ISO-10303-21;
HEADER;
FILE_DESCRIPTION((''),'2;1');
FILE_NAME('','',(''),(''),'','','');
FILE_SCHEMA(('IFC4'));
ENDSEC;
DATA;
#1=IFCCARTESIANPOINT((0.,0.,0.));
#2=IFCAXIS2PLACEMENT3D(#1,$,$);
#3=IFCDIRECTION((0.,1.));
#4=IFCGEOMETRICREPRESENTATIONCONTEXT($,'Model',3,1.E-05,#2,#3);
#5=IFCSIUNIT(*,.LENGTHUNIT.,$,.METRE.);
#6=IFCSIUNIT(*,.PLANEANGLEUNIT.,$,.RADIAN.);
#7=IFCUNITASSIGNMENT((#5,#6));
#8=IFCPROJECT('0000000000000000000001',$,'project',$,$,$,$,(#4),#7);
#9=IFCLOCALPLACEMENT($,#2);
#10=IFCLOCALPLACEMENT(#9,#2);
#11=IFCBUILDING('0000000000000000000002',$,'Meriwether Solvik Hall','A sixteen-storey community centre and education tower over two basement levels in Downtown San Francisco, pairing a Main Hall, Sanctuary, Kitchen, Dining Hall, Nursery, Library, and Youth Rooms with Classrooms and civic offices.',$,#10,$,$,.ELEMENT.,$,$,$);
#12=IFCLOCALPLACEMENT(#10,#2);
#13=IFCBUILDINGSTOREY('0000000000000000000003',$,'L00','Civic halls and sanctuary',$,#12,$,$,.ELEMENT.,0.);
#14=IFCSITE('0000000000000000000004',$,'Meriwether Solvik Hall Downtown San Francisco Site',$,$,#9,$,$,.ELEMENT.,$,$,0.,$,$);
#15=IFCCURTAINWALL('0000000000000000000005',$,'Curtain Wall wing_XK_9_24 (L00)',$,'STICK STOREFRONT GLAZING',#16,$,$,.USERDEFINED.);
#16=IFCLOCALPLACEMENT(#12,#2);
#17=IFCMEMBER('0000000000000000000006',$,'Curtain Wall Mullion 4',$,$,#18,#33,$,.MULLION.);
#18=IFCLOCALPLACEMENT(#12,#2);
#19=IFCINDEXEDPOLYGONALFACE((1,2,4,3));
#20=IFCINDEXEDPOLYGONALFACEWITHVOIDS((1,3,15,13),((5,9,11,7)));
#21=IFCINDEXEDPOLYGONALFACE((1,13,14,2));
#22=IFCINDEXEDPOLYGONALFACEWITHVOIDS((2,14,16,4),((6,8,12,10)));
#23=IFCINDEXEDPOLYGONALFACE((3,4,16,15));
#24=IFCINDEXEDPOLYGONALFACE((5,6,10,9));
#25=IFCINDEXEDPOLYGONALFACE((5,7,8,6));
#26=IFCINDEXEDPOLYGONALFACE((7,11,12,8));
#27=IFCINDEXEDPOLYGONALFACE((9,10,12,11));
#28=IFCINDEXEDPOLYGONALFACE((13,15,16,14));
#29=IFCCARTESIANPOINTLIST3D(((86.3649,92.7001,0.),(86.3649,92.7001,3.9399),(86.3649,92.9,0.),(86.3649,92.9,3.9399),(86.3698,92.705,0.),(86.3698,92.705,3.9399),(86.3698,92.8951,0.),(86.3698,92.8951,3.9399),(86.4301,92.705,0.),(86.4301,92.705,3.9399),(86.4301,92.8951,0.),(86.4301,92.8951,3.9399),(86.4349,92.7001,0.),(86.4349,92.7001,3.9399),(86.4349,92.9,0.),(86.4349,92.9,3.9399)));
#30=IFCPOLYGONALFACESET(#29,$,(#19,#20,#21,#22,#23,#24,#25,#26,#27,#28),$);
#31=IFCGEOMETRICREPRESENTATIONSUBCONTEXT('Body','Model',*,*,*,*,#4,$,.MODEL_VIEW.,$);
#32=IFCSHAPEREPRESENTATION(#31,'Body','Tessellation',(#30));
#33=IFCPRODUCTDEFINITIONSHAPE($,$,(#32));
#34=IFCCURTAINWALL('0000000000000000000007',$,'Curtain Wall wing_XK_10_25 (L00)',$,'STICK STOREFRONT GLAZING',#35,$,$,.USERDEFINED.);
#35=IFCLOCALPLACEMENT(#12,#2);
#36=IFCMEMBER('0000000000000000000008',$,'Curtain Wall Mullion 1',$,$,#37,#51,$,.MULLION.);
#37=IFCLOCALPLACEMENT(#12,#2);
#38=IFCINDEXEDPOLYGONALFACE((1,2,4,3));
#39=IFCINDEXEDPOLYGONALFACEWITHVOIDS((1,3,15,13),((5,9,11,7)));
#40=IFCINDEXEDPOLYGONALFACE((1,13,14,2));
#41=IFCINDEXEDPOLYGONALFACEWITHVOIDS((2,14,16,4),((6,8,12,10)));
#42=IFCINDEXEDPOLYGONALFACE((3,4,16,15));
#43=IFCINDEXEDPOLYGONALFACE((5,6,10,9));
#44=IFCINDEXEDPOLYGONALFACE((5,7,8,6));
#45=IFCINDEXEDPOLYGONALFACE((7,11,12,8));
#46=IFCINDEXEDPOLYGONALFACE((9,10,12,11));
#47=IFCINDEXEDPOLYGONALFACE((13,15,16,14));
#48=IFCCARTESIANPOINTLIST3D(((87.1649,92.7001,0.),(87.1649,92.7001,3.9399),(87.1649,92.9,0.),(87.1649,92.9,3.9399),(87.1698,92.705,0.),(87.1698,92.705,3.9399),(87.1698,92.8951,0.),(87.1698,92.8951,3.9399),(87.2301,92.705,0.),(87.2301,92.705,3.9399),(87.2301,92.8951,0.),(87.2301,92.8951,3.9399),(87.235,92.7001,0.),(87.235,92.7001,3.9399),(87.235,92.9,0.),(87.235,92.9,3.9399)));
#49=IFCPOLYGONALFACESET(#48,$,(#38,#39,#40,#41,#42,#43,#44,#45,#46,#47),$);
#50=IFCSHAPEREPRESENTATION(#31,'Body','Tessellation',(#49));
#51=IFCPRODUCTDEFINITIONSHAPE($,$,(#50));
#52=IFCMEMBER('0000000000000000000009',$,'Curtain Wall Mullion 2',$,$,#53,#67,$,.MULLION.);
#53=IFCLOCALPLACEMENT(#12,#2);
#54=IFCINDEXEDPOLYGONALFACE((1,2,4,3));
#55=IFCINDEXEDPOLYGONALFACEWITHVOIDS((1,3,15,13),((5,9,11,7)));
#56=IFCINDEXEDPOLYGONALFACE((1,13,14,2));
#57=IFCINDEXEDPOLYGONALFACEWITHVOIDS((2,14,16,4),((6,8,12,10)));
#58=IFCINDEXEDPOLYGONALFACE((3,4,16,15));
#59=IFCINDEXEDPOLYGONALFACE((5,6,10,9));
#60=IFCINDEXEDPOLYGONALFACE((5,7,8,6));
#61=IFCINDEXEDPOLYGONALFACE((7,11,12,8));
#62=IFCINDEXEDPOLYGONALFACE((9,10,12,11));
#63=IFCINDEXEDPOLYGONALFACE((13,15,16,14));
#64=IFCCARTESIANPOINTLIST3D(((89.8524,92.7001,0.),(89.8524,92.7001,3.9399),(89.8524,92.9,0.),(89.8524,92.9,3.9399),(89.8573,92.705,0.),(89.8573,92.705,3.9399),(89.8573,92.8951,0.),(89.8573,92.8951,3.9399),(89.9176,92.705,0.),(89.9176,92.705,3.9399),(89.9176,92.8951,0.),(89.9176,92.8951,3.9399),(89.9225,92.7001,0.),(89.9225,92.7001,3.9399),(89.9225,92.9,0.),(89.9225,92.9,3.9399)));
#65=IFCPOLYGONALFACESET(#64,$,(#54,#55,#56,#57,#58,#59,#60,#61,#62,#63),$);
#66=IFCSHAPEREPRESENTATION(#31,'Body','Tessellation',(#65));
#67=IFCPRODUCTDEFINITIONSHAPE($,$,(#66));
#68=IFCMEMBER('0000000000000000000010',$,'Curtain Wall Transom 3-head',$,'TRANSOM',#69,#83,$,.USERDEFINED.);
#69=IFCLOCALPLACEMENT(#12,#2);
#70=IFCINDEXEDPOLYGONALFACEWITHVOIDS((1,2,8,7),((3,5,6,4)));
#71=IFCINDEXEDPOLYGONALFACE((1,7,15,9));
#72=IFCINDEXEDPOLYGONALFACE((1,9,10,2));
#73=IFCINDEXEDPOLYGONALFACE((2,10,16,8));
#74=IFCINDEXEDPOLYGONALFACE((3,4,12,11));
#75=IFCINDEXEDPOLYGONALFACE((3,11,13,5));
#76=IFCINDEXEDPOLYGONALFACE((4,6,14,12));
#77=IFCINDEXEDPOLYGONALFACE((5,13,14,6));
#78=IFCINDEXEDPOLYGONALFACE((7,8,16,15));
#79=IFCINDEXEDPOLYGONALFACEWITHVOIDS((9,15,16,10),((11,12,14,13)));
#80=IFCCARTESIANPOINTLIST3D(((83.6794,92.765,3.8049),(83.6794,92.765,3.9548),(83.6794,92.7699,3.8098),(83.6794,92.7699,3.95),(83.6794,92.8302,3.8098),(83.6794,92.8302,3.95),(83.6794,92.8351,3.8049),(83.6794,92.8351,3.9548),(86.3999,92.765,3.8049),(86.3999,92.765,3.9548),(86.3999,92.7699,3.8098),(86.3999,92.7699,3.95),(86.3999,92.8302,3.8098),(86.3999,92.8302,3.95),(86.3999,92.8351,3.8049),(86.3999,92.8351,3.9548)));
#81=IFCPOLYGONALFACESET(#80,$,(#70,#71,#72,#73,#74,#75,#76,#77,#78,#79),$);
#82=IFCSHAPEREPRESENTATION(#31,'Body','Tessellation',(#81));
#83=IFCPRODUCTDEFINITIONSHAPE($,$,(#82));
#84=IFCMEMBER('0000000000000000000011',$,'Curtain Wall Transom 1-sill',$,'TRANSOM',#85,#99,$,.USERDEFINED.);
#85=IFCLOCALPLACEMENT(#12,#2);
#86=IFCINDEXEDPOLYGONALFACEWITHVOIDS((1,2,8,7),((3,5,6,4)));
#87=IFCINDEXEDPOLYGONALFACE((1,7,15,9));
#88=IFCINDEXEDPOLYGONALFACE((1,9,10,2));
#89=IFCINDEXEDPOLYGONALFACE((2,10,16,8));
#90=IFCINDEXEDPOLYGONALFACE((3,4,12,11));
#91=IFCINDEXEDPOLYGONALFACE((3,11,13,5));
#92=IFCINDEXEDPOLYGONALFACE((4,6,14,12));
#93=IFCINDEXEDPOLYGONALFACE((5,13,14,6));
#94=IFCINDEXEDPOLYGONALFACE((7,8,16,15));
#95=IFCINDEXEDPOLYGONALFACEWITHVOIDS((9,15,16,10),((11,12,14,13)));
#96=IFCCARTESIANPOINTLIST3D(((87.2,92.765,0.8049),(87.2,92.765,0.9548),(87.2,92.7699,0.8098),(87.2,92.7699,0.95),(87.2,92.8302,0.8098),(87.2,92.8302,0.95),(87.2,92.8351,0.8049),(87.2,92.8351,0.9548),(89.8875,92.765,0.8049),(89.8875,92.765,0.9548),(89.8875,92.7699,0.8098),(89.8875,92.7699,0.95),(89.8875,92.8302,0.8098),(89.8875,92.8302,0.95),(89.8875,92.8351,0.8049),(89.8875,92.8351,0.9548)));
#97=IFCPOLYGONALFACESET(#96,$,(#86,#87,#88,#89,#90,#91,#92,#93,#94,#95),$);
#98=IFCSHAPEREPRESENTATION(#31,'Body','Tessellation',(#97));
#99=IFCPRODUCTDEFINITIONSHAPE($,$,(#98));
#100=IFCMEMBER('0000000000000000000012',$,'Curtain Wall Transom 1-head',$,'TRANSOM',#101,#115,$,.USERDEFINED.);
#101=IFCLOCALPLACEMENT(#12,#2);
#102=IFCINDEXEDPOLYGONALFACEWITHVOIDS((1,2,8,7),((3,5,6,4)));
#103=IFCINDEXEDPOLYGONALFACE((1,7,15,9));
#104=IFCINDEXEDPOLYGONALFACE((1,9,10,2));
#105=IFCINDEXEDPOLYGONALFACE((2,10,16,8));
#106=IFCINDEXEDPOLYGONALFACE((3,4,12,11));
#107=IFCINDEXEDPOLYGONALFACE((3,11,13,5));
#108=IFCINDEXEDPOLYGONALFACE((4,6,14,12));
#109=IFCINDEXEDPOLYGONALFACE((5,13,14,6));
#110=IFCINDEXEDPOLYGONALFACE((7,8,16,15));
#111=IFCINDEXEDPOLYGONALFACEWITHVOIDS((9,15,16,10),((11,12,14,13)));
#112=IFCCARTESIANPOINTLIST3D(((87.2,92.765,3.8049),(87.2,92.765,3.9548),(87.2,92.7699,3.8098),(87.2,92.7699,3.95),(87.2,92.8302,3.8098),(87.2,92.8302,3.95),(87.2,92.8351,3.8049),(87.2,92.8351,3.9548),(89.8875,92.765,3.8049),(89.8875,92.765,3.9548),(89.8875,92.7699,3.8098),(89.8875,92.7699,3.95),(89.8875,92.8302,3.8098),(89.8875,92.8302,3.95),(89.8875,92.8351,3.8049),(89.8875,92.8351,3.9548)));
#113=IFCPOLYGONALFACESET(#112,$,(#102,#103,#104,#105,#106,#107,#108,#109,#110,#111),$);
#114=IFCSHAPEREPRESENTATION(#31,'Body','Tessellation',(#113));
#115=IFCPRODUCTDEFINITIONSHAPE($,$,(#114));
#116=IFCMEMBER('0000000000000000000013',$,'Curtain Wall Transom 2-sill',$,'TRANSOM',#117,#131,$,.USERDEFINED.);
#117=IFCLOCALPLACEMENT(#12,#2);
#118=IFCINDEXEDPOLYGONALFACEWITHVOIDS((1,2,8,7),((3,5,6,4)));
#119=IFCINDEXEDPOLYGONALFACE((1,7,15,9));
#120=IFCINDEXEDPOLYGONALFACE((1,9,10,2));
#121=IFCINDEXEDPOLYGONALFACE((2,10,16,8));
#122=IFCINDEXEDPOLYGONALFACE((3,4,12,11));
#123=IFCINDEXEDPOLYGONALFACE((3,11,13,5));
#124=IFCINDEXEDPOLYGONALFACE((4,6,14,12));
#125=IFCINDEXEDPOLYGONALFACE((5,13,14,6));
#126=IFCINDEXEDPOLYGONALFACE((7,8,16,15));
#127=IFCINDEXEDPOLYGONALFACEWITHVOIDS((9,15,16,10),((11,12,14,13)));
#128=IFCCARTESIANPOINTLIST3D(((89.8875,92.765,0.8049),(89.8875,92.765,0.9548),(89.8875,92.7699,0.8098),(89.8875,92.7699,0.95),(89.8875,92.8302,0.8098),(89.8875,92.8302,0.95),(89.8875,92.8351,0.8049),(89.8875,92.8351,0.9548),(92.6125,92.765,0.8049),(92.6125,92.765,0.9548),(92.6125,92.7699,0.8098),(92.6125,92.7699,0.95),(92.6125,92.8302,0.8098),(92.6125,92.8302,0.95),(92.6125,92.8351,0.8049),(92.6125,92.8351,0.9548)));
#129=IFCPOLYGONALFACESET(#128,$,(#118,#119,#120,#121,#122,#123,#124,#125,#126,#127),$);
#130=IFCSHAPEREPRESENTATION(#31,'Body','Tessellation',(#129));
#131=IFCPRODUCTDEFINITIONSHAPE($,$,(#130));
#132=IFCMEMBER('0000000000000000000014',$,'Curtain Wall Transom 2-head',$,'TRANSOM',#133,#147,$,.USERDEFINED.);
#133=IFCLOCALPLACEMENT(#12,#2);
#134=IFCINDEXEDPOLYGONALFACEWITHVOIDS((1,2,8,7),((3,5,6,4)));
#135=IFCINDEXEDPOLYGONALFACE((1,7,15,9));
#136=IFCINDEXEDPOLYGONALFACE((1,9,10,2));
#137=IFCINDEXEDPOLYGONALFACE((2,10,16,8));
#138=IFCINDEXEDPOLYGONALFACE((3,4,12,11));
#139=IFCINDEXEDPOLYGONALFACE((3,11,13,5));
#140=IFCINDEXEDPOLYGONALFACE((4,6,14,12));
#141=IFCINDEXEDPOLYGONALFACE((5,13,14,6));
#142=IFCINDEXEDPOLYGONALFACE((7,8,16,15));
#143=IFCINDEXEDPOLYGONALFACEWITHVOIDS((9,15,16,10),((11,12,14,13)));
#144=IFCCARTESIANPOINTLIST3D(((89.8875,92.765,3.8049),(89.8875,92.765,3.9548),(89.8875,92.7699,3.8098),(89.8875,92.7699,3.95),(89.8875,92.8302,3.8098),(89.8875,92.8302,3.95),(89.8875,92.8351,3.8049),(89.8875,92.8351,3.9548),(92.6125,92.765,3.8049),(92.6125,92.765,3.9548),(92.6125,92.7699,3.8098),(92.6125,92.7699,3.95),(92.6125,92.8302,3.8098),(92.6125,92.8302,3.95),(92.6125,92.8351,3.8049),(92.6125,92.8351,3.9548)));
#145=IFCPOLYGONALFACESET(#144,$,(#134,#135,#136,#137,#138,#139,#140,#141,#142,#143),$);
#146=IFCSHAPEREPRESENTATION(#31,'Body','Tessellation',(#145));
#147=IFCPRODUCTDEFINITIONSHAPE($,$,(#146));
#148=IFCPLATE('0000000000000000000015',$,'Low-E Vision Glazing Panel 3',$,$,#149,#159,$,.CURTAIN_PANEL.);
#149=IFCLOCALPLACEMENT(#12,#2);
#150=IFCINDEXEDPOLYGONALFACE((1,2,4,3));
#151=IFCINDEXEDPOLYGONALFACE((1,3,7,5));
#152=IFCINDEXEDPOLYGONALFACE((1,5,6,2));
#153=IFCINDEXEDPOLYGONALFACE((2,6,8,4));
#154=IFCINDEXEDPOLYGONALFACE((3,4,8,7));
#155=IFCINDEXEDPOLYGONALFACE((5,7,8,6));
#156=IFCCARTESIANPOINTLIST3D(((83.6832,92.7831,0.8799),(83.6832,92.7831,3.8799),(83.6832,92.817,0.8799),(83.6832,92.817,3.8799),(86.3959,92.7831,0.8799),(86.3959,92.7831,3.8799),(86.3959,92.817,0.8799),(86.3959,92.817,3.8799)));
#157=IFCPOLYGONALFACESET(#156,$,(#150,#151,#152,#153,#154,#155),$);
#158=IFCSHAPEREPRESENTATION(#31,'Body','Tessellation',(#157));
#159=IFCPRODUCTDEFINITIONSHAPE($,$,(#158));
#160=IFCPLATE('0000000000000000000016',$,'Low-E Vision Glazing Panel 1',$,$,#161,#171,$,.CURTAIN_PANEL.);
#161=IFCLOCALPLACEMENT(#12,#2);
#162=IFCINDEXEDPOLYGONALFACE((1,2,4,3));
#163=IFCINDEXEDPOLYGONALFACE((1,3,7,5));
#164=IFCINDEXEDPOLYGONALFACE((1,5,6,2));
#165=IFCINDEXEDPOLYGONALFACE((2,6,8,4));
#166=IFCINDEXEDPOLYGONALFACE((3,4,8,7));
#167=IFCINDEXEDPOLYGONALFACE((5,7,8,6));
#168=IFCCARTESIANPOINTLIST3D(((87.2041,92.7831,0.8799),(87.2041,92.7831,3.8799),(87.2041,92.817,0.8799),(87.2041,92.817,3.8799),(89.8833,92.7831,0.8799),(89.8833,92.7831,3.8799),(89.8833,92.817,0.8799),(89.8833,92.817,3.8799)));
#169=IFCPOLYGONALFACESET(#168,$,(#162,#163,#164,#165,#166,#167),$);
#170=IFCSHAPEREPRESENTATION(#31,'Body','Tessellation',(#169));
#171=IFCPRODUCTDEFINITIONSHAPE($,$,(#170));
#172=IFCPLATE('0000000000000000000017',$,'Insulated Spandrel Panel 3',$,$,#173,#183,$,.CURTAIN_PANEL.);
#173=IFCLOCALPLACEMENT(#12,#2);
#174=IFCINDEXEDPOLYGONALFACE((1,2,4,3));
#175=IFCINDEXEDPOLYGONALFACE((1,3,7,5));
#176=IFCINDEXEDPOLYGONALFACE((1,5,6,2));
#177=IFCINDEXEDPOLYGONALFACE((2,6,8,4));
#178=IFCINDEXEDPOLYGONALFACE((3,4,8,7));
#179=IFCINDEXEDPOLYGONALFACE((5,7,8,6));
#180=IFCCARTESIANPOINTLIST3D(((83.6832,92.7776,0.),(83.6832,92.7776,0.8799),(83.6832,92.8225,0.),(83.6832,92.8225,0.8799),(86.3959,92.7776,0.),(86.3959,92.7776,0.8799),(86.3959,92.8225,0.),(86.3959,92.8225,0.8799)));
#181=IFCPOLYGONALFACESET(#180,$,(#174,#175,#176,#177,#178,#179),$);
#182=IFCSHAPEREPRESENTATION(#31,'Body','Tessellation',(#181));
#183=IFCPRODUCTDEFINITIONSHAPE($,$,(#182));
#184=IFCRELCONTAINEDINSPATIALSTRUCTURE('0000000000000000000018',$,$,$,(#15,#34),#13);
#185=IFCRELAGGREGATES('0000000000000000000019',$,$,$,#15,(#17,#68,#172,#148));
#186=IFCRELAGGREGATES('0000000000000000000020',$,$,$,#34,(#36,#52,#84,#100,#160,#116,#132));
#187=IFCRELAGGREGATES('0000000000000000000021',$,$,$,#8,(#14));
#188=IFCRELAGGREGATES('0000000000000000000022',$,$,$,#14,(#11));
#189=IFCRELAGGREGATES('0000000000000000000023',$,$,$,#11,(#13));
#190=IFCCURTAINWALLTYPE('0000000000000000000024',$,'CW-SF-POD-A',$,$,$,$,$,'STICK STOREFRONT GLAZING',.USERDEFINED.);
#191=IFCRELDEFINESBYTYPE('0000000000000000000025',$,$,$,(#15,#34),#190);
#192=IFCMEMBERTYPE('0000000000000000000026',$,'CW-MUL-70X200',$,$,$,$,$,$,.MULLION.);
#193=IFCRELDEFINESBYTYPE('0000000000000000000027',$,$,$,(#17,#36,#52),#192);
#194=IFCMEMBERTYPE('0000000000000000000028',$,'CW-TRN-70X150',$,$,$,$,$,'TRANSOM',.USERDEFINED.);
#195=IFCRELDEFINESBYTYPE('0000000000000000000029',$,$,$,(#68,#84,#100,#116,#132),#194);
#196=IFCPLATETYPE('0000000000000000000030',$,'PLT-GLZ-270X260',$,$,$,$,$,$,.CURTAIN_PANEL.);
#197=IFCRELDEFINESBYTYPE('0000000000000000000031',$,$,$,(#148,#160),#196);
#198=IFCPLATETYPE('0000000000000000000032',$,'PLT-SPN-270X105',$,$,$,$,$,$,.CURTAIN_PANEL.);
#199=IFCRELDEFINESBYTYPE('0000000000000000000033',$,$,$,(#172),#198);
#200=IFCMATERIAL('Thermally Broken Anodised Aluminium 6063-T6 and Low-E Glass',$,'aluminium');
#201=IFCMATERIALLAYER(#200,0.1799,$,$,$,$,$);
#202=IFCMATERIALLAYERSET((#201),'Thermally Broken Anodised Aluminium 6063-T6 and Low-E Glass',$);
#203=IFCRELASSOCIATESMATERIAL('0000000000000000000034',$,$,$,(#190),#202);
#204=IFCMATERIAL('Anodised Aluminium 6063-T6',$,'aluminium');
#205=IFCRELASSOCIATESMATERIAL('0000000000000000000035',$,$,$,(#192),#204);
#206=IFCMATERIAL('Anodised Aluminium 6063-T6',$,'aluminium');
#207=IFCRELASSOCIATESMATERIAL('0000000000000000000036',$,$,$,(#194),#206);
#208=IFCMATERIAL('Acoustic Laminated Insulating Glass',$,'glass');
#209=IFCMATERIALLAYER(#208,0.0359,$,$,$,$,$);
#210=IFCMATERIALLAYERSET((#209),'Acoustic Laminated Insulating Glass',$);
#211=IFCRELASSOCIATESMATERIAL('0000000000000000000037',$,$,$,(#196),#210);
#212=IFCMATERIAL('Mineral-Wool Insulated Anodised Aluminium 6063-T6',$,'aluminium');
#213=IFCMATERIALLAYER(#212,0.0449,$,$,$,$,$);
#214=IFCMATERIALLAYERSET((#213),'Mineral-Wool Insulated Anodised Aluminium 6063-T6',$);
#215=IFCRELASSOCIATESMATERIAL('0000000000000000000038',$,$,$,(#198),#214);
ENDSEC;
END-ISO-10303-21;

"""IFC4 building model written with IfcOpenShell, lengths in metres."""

from ifc_helpers import new_model, si_unit, direction, frame, origin, origin_2d, place, context, subcontext, project, spatial, rectangle, hollow_rectangle, extrude, material, layer, layer_set, material_profile, profile_set, type_object, element, aggregate, save


model = new_model("IFC4")

# Units and contexts
model_context = context("Model", 3, precision=1e-05, world=origin(), true_north=direction((0.0, 1.0)))
body_context = subcontext(model_context, "Body", "Model", "MODEL_VIEW")
ifc_project = project(units=[si_unit("LENGTHUNIT", "METRE"), si_unit("PLANEANGLEUNIT", "RADIAN")], contexts=[model_context])

# Site, building, storey
site_placement = place(None, origin())
site = spatial("IfcSite", under=ifc_project, at=site_placement, Name="Meriwether Solvik Hall Downtown San Francisco Site", CompositionType="ELEMENT", RefElevation=0.0)
building_placement = place(site_placement, origin())
building = spatial("IfcBuilding", under=site, at=building_placement, Name="Meriwether Solvik Hall", Description="A sixteen-storey community centre and education tower over two basement levels in Downtown San Francisco, pairing a Main Hall, Sanctuary, Kitchen, Dining Hall, Nursery, Library, and Youth Rooms with Classrooms and civic offices.", CompositionType="ELEMENT")
storey_placement = place(building_placement, origin())
storey = spatial("IfcBuildingStorey", under=building, at=storey_placement, Name="L00", Description="Civic halls and sanctuary", CompositionType="ELEMENT", Elevation=0.0)

# Curtain wall, member
ifc_material_1 = material(Name="Thermally Broken Anodised Aluminium 6063-T6 and Low-E Glass", Category="aluminium")
ifc_layer_1 = layer(ifc_material_1, 0.1799)
ifc_layer_set_1 = layer_set([ifc_layer_1], Name="Thermally Broken Anodised Aluminium 6063-T6 and Low-E Glass")
curtain_wall_type = type_object("IfcCurtainWallType", Name="CW-SF-POD-A", ElementType="STICK STOREFRONT GLAZING", PredefinedType="USERDEFINED", material=ifc_layer_set_1)
curtain_wall_1_placement = place(storey_placement, origin())
curtain_wall_1 = element("IfcCurtainWall", 1, at=curtain_wall_1_placement, inside=storey, type_object=curtain_wall_type, Name="Curtain Wall wing_XK_9_24 (L00)", ObjectType="STICK STOREFRONT GLAZING", PredefinedType="USERDEFINED")
ifc_material_2 = material(Name="Anodised Aluminium 6063-T6", Category="aluminium")
ifc_material_profile_1 = material_profile(ifc_material_2, hollow_rectangle(XDim=0.0701, YDim=0.2, WallThickness=0.0049, at=origin_2d()), Name="CWM-70X200")
ifc_profile_set_1 = profile_set([ifc_material_profile_1], Name="Anodised Aluminium 6063-T6")
member_type_1 = type_object("IfcMemberType", Name="CW-MUL-70X200", PredefinedType="MULLION", material=ifc_profile_set_1)
member_1_placement = place(storey_placement, frame((86.3999, 92.8, 0.0), z_axis=(0.0, 0.0, 1.0), x_axis=(1.0, 0.0, 0.0)))
member_1 = element("IfcMember", 2, at=member_1_placement, type_object=member_type_1, Name="Curtain Wall Mullion 4", PredefinedType="MULLION", context=body_context, shape_type="SweptSolid", body=[
    extrude(hollow_rectangle(XDim=0.0701, YDim=0.2, WallThickness=0.0049, at=origin_2d()), origin(), (0.0, 0.0, 1.0), 3.9399),
])

# Curtain wall, members
curtain_wall_2_placement = place(storey_placement, origin())
curtain_wall_2 = element("IfcCurtainWall", 3, at=curtain_wall_2_placement, inside=storey, type_object=curtain_wall_type, Name="Curtain Wall wing_XK_10_25 (L00)", ObjectType="STICK STOREFRONT GLAZING", PredefinedType="USERDEFINED")
member_2_placement = place(storey_placement, frame((87.2, 92.8, 0.0), z_axis=(0.0, 0.0, 1.0), x_axis=(1.0, 0.0, 0.0)))
member_2 = element("IfcMember", 4, at=member_2_placement, type_object=member_type_1, Name="Curtain Wall Mullion 1", PredefinedType="MULLION", context=body_context, shape_type="SweptSolid", body=[
    extrude(hollow_rectangle(XDim=0.0701, YDim=0.2, WallThickness=0.0049, at=origin_2d()), origin(), (0.0, 0.0, 1.0), 3.9399),
])
member_3_placement = place(storey_placement, frame((89.8875, 92.8, 0.0), z_axis=(0.0, 0.0, 1.0), x_axis=(1.0, 0.0, 0.0)))
member_3 = element("IfcMember", 5, at=member_3_placement, type_object=member_type_1, Name="Curtain Wall Mullion 2", PredefinedType="MULLION", context=body_context, shape_type="SweptSolid", body=[
    extrude(hollow_rectangle(XDim=0.0701, YDim=0.2, WallThickness=0.0049, at=origin_2d()), origin(), (0.0, 0.0, 1.0), 3.9399),
])

# Members
ifc_material_3 = material(Name="Anodised Aluminium 6063-T6", Category="aluminium")
ifc_material_profile_2 = material_profile(ifc_material_3, hollow_rectangle(XDim=0.0701, YDim=0.1499, WallThickness=0.0049, at=origin_2d()), Name="CWT-70X150")
ifc_profile_set_2 = profile_set([ifc_material_profile_2], Name="Anodised Aluminium 6063-T6")
member_type_2 = type_object("IfcMemberType", Name="CW-TRN-70X150", ElementType="TRANSOM", PredefinedType="USERDEFINED", material=ifc_profile_set_2)
member_4_placement = place(storey_placement, frame((83.6794, 92.8, 3.8799), z_axis=(1.0, 0.0, 0.0), x_axis=(0.0, 1.0, 0.0)))
member_4 = element("IfcMember", 6, at=member_4_placement, type_object=member_type_2, Name="Curtain Wall Transom 3-head", ObjectType="TRANSOM", PredefinedType="USERDEFINED", context=body_context, shape_type="SweptSolid", body=[
    extrude(hollow_rectangle(XDim=0.0701, YDim=0.1499, WallThickness=0.0049, at=origin_2d()), origin(), (0.0, 0.0, 1.0), 2.7205),
])
member_5_placement = place(storey_placement, frame((87.2, 92.8, 0.8799), z_axis=(1.0, 0.0, 0.0), x_axis=(0.0, 1.0, 0.0)))
member_5 = element("IfcMember", 7, at=member_5_placement, type_object=member_type_2, Name="Curtain Wall Transom 1-sill", ObjectType="TRANSOM", PredefinedType="USERDEFINED", context=body_context, shape_type="SweptSolid", body=[
    extrude(hollow_rectangle(XDim=0.0701, YDim=0.1499, WallThickness=0.0049, at=origin_2d()), origin(), (0.0, 0.0, 1.0), 2.6875),
])
member_6_placement = place(storey_placement, frame((87.2, 92.8, 3.8799), z_axis=(1.0, 0.0, 0.0), x_axis=(0.0, 1.0, 0.0)))
member_6 = element("IfcMember", 8, at=member_6_placement, type_object=member_type_2, Name="Curtain Wall Transom 1-head", ObjectType="TRANSOM", PredefinedType="USERDEFINED", context=body_context, shape_type="SweptSolid", body=[
    extrude(hollow_rectangle(XDim=0.0701, YDim=0.1499, WallThickness=0.0049, at=origin_2d()), origin(), (0.0, 0.0, 1.0), 2.6875),
])
member_7_placement = place(storey_placement, frame((89.8875, 92.8, 0.8799), z_axis=(1.0, 0.0, 0.0), x_axis=(0.0, 1.0, 0.0)))
member_7 = element("IfcMember", 9, at=member_7_placement, type_object=member_type_2, Name="Curtain Wall Transom 2-sill", ObjectType="TRANSOM", PredefinedType="USERDEFINED", context=body_context, shape_type="SweptSolid", body=[
    extrude(hollow_rectangle(XDim=0.0701, YDim=0.1499, WallThickness=0.0049, at=origin_2d()), origin(), (0.0, 0.0, 1.0), 2.7251),
])
member_8_placement = place(storey_placement, frame((89.8875, 92.8, 3.8799), z_axis=(1.0, 0.0, 0.0), x_axis=(0.0, 1.0, 0.0)))
member_8 = element("IfcMember", 10, at=member_8_placement, type_object=member_type_2, Name="Curtain Wall Transom 2-head", ObjectType="TRANSOM", PredefinedType="USERDEFINED", context=body_context, shape_type="SweptSolid", body=[
    extrude(hollow_rectangle(XDim=0.0701, YDim=0.1499, WallThickness=0.0049, at=origin_2d()), origin(), (0.0, 0.0, 1.0), 2.7251),
])

# Plates
ifc_material_4 = material(Name="Acoustic Laminated Insulating Glass", Category="glass")
ifc_layer_2 = layer(ifc_material_4, 0.0359)
ifc_layer_set_2 = layer_set([ifc_layer_2], Name="Acoustic Laminated Insulating Glass")
plate_type_1 = type_object("IfcPlateType", Name="PLT-GLZ-270X260", PredefinedType="CURTAIN_PANEL", material=ifc_layer_set_2)
plate_1_placement = place(storey_placement, frame((85.0396, 92.8, 0.8799), z_axis=(0.0, 0.0, 1.0), x_axis=(1.0, 0.0, 0.0)))
plate_1 = element("IfcPlate", 11, at=plate_1_placement, type_object=plate_type_1, Name="Low-E Vision Glazing Panel 3", PredefinedType="CURTAIN_PANEL", context=body_context, shape_type="SweptSolid", body=[
    extrude(rectangle(XDim=2.7126, YDim=0.0339, at=origin_2d()), origin(), (0.0, 0.0, 1.0), 3.0),
])
plate_2_placement = place(storey_placement, frame((88.5437, 92.8, 0.8799), z_axis=(0.0, 0.0, 1.0), x_axis=(1.0, 0.0, 0.0)))
plate_2 = element("IfcPlate", 12, at=plate_2_placement, type_object=plate_type_1, Name="Low-E Vision Glazing Panel 1", PredefinedType="CURTAIN_PANEL", context=body_context, shape_type="SweptSolid", body=[
    extrude(rectangle(XDim=2.6792, YDim=0.0339, at=origin_2d()), origin(), (0.0, 0.0, 1.0), 3.0),
])
ifc_material_5 = material(Name="Mineral-Wool Insulated Anodised Aluminium 6063-T6", Category="aluminium")
ifc_layer_3 = layer(ifc_material_5, 0.0449)
ifc_layer_set_3 = layer_set([ifc_layer_3], Name="Mineral-Wool Insulated Anodised Aluminium 6063-T6")
plate_type_2 = type_object("IfcPlateType", Name="PLT-SPN-270X105", PredefinedType="CURTAIN_PANEL", material=ifc_layer_set_3)
plate_3_placement = place(storey_placement, frame((85.0396, 92.8, 0.0), z_axis=(0.0, 0.0, 1.0), x_axis=(1.0, 0.0, 0.0)))
plate_3 = element("IfcPlate", 13, at=plate_3_placement, type_object=plate_type_2, Name="Insulated Spandrel Panel 3", PredefinedType="CURTAIN_PANEL", context=body_context, shape_type="SweptSolid", body=[
    extrude(rectangle(XDim=2.7126, YDim=0.0449, at=origin_2d()), origin(), (0.0, 0.0, 1.0), 0.8799),
])
aggregate(curtain_wall_1, [member_1, member_4, plate_3, plate_1])
aggregate(curtain_wall_2, [member_2, member_3, member_5, member_6, plate_2, member_7, member_8])

save(model, "model.ifc")
